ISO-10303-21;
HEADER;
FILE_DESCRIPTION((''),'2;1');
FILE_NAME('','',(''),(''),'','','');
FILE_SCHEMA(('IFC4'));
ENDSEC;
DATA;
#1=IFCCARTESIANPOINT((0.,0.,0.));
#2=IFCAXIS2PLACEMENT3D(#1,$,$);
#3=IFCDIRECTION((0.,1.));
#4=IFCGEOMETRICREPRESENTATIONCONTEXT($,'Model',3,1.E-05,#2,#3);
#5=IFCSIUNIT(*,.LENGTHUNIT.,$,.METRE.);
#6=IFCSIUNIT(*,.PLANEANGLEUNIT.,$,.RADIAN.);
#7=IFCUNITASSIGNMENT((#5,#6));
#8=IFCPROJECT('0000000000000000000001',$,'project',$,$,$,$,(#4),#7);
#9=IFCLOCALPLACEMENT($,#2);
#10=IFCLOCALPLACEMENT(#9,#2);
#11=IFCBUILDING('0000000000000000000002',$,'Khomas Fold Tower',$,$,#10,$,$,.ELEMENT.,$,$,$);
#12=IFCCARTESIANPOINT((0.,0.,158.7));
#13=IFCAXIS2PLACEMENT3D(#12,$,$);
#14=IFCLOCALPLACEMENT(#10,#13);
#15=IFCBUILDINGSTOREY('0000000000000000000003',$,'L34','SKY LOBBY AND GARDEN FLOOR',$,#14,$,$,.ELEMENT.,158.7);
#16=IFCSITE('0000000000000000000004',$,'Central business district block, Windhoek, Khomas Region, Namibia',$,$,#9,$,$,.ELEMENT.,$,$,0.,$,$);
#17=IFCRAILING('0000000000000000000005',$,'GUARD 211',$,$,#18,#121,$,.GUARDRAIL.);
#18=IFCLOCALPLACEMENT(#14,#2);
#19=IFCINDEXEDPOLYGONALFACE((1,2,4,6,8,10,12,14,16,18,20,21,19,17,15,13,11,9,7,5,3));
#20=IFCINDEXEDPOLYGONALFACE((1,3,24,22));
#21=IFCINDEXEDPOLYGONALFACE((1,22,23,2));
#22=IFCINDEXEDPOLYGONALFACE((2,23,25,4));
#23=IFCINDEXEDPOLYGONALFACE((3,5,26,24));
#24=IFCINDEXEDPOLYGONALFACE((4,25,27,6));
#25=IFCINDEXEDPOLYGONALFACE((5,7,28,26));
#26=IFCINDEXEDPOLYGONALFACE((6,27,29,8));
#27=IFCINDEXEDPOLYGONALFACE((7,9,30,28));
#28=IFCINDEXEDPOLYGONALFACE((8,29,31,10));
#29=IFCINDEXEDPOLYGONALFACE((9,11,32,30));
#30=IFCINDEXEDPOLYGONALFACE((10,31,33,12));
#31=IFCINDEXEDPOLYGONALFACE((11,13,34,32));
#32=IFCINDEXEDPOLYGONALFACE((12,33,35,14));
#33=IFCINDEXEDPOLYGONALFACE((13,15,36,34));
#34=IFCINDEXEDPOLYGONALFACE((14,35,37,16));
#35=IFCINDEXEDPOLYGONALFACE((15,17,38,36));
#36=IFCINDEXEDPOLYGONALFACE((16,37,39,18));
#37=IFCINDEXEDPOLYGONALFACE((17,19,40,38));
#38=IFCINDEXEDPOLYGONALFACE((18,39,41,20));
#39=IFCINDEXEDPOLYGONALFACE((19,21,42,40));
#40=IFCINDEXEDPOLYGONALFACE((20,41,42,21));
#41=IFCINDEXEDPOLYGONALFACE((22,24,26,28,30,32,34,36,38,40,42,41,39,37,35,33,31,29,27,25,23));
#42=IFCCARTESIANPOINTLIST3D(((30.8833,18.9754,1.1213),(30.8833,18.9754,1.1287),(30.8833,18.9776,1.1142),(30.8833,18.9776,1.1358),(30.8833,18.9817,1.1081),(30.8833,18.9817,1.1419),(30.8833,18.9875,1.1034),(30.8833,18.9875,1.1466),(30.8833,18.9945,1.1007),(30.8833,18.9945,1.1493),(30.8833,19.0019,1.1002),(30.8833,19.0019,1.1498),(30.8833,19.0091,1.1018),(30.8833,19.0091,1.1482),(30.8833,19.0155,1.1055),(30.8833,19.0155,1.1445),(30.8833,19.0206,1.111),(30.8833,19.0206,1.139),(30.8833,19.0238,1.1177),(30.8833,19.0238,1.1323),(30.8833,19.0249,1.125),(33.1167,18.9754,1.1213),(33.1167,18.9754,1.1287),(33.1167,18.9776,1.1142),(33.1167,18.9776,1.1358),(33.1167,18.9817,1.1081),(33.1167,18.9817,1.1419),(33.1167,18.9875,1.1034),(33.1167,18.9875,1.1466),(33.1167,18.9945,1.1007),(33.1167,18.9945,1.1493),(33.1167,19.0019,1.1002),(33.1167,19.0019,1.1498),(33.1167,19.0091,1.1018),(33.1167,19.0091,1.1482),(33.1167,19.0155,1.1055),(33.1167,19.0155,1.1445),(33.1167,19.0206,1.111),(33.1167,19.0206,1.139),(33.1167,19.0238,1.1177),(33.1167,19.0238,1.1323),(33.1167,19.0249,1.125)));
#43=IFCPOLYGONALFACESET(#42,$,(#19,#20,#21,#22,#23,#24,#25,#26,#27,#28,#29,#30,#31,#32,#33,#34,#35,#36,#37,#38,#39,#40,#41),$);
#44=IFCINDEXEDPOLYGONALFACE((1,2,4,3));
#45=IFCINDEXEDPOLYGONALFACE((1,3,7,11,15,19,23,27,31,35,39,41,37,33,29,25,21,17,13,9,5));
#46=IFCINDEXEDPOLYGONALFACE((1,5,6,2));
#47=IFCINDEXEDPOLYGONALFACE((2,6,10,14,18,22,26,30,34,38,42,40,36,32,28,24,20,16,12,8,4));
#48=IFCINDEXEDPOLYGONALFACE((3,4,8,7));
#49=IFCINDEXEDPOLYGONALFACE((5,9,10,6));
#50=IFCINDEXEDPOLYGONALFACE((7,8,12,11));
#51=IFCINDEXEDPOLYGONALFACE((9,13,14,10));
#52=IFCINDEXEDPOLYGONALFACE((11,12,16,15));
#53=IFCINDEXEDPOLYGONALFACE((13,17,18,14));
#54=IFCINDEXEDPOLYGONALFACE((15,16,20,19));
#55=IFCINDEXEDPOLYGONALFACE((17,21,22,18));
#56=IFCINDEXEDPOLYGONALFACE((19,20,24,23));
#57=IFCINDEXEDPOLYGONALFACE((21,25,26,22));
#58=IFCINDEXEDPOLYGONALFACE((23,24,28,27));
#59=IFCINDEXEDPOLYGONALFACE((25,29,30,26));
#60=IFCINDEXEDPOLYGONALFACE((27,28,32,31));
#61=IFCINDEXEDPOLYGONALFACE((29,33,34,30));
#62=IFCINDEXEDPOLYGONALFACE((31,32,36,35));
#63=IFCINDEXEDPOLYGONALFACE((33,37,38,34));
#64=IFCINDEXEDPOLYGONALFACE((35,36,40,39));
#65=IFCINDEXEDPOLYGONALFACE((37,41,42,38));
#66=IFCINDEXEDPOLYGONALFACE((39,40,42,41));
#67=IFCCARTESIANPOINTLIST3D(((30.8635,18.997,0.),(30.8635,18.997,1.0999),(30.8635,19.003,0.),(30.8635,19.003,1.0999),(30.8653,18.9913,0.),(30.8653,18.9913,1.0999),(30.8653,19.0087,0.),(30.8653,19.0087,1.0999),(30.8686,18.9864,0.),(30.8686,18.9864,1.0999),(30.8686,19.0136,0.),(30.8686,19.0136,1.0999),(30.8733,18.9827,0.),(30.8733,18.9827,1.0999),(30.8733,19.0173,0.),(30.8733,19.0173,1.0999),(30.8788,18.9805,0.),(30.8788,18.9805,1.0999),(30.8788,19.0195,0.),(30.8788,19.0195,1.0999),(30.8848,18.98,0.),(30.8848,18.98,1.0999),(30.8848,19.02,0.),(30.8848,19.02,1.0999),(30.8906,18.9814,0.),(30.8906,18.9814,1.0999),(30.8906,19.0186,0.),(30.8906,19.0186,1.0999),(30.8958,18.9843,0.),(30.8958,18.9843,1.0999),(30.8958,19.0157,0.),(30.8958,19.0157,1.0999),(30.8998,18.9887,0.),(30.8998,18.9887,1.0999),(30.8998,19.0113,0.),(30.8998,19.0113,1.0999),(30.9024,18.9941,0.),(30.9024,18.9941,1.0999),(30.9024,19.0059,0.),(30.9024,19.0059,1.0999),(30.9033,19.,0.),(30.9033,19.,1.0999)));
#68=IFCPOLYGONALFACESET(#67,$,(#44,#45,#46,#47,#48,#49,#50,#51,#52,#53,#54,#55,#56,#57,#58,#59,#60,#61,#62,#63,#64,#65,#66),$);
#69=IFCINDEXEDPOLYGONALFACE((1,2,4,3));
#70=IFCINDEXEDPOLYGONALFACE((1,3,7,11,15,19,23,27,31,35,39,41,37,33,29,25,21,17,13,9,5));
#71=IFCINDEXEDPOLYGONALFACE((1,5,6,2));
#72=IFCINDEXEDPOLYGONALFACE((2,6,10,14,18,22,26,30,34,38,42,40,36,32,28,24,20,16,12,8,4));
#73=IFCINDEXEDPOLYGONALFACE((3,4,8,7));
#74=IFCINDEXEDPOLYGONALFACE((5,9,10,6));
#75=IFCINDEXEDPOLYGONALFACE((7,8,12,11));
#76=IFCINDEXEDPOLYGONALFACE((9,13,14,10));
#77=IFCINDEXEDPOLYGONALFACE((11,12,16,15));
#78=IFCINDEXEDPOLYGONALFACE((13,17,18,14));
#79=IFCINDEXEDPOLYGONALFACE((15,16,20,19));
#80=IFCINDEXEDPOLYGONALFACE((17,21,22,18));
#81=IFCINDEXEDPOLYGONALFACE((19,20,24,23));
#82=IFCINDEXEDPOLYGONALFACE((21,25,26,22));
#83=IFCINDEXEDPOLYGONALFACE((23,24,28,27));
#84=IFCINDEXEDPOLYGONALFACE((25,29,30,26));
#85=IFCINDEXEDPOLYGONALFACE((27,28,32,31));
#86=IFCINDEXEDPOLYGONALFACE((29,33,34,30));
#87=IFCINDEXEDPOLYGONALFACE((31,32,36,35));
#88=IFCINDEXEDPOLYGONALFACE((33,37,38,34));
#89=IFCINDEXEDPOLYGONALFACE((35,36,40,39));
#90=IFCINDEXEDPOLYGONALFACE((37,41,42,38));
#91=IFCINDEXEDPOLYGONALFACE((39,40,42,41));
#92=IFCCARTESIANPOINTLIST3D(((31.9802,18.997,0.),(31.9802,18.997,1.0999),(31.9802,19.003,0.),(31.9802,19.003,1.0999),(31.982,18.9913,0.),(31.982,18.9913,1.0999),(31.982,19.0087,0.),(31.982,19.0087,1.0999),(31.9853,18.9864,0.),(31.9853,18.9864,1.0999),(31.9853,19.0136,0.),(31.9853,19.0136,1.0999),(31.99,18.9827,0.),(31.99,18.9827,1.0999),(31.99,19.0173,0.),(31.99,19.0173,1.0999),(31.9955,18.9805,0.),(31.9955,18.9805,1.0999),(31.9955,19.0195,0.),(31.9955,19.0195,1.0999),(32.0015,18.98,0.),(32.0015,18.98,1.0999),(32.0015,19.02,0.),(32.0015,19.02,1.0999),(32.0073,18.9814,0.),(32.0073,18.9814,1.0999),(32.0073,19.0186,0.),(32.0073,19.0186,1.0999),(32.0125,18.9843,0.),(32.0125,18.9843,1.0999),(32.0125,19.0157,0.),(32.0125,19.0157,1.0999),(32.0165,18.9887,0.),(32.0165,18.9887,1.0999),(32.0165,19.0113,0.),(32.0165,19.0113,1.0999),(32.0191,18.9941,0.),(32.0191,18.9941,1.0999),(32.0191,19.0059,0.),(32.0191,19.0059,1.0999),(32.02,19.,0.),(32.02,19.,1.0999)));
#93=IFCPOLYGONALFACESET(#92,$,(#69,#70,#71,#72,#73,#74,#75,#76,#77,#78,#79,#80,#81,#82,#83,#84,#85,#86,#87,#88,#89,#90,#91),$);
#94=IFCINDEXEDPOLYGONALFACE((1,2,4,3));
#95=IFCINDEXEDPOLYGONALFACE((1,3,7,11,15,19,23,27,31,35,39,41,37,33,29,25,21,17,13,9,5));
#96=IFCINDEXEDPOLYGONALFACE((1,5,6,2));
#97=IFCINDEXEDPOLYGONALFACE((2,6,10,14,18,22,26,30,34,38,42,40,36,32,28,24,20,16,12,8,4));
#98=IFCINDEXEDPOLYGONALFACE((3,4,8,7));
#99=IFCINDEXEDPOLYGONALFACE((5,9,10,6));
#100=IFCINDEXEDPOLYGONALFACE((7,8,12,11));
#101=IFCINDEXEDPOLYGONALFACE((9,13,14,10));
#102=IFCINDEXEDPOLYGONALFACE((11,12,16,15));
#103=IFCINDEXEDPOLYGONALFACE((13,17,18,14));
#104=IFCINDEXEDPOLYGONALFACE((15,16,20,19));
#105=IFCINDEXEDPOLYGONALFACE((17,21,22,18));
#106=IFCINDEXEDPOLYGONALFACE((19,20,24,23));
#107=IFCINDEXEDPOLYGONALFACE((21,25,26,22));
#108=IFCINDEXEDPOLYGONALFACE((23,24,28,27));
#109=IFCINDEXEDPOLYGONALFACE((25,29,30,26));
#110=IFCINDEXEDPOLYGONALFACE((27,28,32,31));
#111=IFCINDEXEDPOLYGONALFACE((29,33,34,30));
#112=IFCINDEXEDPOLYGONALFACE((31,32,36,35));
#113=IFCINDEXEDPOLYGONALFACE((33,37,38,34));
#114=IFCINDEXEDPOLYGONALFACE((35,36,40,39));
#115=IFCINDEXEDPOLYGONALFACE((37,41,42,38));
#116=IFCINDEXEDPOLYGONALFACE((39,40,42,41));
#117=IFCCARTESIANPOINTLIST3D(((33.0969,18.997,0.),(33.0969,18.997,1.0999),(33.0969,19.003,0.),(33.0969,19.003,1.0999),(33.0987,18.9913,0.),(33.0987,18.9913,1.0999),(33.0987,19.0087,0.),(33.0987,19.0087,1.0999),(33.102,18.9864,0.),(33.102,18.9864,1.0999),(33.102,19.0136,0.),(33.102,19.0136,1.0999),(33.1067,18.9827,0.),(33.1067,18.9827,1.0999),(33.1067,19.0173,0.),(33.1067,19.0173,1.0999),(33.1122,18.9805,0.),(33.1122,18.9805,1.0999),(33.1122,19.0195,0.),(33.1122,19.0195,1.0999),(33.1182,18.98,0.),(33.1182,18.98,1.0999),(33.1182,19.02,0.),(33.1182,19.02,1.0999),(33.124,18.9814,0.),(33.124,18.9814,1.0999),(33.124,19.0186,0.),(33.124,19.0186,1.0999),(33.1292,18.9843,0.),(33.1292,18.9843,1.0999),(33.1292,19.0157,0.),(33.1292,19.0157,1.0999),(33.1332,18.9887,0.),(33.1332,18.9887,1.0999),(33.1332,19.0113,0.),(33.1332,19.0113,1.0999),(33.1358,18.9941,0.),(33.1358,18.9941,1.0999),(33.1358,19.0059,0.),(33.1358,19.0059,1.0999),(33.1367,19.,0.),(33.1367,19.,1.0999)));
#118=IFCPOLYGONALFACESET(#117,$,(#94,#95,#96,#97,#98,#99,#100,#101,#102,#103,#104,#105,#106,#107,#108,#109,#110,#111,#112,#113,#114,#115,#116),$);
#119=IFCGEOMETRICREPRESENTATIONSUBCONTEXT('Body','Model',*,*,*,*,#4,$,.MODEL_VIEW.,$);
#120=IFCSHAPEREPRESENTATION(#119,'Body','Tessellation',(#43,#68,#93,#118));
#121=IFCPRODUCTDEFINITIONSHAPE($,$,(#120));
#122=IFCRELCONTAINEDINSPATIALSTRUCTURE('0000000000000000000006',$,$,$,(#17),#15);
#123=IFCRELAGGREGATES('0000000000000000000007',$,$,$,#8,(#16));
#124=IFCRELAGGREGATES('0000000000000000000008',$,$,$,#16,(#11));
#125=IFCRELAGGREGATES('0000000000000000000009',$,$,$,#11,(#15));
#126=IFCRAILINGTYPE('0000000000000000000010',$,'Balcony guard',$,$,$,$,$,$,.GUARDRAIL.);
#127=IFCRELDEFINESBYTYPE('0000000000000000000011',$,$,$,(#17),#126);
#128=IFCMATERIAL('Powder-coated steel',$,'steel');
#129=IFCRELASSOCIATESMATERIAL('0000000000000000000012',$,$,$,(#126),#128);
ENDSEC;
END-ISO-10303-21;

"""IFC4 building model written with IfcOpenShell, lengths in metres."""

from ifc_helpers import new_model, si_unit, direction, frame, origin, origin_2d, place, context, subcontext, project, spatial, circle, extrude, source, transform, mapped, material, type_object, element, save


model = new_model("IFC4")

# Units and contexts
model_context = context("Model", 3, precision=1e-05, world=origin(), true_north=direction((0.0, 1.0)))
body_context = subcontext(model_context, "Body", "Model", "MODEL_VIEW")
ifc_project = project(units=[si_unit("LENGTHUNIT", "METRE"), si_unit("PLANEANGLEUNIT", "RADIAN")], contexts=[model_context])

# Site, building, storey
site_placement = place(None, origin())
site = spatial("IfcSite", under=ifc_project, at=site_placement, Name="Central business district block, Windhoek, Khomas Region, Namibia", CompositionType="ELEMENT", RefElevation=0.0)
building_placement = place(site_placement, origin())
building = spatial("IfcBuilding", under=site, at=building_placement, Name="Khomas Fold Tower", CompositionType="ELEMENT")
storey_placement = place(building_placement, frame((0.0, 0.0, 158.7)))
storey = spatial("IfcBuildingStorey", under=building, at=storey_placement, Name="L34", Description="SKY LOBBY AND GARDEN FLOOR", CompositionType="ELEMENT", Elevation=158.7)

# Railing
ifc_material_1 = material(Name="Powder-coated steel", Category="steel")
railing_type = type_object("IfcRailingType", Name="Balcony guard", PredefinedType="GUARDRAIL", material=ifc_material_1)
shared_shape_1 = source(origin(), body_context, "Body", "SweptSolid", [
    extrude(circle(Radius=0.0249, at=origin_2d()), frame((0.0, 0.0, 1.125), z_axis=(1.0, 0.0, 0.0), x_axis=(0.0, 1.0, 0.0)), (0.0, 0.0, 1.0), 2.2334),
    extrude(circle(Radius=0.02, at=origin_2d()), origin(), (0.0, 0.0, 1.0), 1.0999),
    extrude(circle(Radius=0.02, at=origin_2d()), frame((1.1167, 0.0, 0.0)), (0.0, 0.0, 1.0), 1.0999),
    extrude(circle(Radius=0.02, at=origin_2d()), frame((2.2334, 0.0, 0.0)), (0.0, 0.0, 1.0), 1.0999),
])
railing_1_placement = place(storey_placement, frame((30.8833, 19.0, 0.0)))
element("IfcRailing", 1, at=railing_1_placement, inside=storey, type_object=railing_type, Name="GUARD 211", PredefinedType="GUARDRAIL", context=body_context, shape_type="MappedRepresentation", body=[
    mapped(shared_shape_1, transform((0.0, 0.0, 0.0))),
])

save(model, "model.ifc")
